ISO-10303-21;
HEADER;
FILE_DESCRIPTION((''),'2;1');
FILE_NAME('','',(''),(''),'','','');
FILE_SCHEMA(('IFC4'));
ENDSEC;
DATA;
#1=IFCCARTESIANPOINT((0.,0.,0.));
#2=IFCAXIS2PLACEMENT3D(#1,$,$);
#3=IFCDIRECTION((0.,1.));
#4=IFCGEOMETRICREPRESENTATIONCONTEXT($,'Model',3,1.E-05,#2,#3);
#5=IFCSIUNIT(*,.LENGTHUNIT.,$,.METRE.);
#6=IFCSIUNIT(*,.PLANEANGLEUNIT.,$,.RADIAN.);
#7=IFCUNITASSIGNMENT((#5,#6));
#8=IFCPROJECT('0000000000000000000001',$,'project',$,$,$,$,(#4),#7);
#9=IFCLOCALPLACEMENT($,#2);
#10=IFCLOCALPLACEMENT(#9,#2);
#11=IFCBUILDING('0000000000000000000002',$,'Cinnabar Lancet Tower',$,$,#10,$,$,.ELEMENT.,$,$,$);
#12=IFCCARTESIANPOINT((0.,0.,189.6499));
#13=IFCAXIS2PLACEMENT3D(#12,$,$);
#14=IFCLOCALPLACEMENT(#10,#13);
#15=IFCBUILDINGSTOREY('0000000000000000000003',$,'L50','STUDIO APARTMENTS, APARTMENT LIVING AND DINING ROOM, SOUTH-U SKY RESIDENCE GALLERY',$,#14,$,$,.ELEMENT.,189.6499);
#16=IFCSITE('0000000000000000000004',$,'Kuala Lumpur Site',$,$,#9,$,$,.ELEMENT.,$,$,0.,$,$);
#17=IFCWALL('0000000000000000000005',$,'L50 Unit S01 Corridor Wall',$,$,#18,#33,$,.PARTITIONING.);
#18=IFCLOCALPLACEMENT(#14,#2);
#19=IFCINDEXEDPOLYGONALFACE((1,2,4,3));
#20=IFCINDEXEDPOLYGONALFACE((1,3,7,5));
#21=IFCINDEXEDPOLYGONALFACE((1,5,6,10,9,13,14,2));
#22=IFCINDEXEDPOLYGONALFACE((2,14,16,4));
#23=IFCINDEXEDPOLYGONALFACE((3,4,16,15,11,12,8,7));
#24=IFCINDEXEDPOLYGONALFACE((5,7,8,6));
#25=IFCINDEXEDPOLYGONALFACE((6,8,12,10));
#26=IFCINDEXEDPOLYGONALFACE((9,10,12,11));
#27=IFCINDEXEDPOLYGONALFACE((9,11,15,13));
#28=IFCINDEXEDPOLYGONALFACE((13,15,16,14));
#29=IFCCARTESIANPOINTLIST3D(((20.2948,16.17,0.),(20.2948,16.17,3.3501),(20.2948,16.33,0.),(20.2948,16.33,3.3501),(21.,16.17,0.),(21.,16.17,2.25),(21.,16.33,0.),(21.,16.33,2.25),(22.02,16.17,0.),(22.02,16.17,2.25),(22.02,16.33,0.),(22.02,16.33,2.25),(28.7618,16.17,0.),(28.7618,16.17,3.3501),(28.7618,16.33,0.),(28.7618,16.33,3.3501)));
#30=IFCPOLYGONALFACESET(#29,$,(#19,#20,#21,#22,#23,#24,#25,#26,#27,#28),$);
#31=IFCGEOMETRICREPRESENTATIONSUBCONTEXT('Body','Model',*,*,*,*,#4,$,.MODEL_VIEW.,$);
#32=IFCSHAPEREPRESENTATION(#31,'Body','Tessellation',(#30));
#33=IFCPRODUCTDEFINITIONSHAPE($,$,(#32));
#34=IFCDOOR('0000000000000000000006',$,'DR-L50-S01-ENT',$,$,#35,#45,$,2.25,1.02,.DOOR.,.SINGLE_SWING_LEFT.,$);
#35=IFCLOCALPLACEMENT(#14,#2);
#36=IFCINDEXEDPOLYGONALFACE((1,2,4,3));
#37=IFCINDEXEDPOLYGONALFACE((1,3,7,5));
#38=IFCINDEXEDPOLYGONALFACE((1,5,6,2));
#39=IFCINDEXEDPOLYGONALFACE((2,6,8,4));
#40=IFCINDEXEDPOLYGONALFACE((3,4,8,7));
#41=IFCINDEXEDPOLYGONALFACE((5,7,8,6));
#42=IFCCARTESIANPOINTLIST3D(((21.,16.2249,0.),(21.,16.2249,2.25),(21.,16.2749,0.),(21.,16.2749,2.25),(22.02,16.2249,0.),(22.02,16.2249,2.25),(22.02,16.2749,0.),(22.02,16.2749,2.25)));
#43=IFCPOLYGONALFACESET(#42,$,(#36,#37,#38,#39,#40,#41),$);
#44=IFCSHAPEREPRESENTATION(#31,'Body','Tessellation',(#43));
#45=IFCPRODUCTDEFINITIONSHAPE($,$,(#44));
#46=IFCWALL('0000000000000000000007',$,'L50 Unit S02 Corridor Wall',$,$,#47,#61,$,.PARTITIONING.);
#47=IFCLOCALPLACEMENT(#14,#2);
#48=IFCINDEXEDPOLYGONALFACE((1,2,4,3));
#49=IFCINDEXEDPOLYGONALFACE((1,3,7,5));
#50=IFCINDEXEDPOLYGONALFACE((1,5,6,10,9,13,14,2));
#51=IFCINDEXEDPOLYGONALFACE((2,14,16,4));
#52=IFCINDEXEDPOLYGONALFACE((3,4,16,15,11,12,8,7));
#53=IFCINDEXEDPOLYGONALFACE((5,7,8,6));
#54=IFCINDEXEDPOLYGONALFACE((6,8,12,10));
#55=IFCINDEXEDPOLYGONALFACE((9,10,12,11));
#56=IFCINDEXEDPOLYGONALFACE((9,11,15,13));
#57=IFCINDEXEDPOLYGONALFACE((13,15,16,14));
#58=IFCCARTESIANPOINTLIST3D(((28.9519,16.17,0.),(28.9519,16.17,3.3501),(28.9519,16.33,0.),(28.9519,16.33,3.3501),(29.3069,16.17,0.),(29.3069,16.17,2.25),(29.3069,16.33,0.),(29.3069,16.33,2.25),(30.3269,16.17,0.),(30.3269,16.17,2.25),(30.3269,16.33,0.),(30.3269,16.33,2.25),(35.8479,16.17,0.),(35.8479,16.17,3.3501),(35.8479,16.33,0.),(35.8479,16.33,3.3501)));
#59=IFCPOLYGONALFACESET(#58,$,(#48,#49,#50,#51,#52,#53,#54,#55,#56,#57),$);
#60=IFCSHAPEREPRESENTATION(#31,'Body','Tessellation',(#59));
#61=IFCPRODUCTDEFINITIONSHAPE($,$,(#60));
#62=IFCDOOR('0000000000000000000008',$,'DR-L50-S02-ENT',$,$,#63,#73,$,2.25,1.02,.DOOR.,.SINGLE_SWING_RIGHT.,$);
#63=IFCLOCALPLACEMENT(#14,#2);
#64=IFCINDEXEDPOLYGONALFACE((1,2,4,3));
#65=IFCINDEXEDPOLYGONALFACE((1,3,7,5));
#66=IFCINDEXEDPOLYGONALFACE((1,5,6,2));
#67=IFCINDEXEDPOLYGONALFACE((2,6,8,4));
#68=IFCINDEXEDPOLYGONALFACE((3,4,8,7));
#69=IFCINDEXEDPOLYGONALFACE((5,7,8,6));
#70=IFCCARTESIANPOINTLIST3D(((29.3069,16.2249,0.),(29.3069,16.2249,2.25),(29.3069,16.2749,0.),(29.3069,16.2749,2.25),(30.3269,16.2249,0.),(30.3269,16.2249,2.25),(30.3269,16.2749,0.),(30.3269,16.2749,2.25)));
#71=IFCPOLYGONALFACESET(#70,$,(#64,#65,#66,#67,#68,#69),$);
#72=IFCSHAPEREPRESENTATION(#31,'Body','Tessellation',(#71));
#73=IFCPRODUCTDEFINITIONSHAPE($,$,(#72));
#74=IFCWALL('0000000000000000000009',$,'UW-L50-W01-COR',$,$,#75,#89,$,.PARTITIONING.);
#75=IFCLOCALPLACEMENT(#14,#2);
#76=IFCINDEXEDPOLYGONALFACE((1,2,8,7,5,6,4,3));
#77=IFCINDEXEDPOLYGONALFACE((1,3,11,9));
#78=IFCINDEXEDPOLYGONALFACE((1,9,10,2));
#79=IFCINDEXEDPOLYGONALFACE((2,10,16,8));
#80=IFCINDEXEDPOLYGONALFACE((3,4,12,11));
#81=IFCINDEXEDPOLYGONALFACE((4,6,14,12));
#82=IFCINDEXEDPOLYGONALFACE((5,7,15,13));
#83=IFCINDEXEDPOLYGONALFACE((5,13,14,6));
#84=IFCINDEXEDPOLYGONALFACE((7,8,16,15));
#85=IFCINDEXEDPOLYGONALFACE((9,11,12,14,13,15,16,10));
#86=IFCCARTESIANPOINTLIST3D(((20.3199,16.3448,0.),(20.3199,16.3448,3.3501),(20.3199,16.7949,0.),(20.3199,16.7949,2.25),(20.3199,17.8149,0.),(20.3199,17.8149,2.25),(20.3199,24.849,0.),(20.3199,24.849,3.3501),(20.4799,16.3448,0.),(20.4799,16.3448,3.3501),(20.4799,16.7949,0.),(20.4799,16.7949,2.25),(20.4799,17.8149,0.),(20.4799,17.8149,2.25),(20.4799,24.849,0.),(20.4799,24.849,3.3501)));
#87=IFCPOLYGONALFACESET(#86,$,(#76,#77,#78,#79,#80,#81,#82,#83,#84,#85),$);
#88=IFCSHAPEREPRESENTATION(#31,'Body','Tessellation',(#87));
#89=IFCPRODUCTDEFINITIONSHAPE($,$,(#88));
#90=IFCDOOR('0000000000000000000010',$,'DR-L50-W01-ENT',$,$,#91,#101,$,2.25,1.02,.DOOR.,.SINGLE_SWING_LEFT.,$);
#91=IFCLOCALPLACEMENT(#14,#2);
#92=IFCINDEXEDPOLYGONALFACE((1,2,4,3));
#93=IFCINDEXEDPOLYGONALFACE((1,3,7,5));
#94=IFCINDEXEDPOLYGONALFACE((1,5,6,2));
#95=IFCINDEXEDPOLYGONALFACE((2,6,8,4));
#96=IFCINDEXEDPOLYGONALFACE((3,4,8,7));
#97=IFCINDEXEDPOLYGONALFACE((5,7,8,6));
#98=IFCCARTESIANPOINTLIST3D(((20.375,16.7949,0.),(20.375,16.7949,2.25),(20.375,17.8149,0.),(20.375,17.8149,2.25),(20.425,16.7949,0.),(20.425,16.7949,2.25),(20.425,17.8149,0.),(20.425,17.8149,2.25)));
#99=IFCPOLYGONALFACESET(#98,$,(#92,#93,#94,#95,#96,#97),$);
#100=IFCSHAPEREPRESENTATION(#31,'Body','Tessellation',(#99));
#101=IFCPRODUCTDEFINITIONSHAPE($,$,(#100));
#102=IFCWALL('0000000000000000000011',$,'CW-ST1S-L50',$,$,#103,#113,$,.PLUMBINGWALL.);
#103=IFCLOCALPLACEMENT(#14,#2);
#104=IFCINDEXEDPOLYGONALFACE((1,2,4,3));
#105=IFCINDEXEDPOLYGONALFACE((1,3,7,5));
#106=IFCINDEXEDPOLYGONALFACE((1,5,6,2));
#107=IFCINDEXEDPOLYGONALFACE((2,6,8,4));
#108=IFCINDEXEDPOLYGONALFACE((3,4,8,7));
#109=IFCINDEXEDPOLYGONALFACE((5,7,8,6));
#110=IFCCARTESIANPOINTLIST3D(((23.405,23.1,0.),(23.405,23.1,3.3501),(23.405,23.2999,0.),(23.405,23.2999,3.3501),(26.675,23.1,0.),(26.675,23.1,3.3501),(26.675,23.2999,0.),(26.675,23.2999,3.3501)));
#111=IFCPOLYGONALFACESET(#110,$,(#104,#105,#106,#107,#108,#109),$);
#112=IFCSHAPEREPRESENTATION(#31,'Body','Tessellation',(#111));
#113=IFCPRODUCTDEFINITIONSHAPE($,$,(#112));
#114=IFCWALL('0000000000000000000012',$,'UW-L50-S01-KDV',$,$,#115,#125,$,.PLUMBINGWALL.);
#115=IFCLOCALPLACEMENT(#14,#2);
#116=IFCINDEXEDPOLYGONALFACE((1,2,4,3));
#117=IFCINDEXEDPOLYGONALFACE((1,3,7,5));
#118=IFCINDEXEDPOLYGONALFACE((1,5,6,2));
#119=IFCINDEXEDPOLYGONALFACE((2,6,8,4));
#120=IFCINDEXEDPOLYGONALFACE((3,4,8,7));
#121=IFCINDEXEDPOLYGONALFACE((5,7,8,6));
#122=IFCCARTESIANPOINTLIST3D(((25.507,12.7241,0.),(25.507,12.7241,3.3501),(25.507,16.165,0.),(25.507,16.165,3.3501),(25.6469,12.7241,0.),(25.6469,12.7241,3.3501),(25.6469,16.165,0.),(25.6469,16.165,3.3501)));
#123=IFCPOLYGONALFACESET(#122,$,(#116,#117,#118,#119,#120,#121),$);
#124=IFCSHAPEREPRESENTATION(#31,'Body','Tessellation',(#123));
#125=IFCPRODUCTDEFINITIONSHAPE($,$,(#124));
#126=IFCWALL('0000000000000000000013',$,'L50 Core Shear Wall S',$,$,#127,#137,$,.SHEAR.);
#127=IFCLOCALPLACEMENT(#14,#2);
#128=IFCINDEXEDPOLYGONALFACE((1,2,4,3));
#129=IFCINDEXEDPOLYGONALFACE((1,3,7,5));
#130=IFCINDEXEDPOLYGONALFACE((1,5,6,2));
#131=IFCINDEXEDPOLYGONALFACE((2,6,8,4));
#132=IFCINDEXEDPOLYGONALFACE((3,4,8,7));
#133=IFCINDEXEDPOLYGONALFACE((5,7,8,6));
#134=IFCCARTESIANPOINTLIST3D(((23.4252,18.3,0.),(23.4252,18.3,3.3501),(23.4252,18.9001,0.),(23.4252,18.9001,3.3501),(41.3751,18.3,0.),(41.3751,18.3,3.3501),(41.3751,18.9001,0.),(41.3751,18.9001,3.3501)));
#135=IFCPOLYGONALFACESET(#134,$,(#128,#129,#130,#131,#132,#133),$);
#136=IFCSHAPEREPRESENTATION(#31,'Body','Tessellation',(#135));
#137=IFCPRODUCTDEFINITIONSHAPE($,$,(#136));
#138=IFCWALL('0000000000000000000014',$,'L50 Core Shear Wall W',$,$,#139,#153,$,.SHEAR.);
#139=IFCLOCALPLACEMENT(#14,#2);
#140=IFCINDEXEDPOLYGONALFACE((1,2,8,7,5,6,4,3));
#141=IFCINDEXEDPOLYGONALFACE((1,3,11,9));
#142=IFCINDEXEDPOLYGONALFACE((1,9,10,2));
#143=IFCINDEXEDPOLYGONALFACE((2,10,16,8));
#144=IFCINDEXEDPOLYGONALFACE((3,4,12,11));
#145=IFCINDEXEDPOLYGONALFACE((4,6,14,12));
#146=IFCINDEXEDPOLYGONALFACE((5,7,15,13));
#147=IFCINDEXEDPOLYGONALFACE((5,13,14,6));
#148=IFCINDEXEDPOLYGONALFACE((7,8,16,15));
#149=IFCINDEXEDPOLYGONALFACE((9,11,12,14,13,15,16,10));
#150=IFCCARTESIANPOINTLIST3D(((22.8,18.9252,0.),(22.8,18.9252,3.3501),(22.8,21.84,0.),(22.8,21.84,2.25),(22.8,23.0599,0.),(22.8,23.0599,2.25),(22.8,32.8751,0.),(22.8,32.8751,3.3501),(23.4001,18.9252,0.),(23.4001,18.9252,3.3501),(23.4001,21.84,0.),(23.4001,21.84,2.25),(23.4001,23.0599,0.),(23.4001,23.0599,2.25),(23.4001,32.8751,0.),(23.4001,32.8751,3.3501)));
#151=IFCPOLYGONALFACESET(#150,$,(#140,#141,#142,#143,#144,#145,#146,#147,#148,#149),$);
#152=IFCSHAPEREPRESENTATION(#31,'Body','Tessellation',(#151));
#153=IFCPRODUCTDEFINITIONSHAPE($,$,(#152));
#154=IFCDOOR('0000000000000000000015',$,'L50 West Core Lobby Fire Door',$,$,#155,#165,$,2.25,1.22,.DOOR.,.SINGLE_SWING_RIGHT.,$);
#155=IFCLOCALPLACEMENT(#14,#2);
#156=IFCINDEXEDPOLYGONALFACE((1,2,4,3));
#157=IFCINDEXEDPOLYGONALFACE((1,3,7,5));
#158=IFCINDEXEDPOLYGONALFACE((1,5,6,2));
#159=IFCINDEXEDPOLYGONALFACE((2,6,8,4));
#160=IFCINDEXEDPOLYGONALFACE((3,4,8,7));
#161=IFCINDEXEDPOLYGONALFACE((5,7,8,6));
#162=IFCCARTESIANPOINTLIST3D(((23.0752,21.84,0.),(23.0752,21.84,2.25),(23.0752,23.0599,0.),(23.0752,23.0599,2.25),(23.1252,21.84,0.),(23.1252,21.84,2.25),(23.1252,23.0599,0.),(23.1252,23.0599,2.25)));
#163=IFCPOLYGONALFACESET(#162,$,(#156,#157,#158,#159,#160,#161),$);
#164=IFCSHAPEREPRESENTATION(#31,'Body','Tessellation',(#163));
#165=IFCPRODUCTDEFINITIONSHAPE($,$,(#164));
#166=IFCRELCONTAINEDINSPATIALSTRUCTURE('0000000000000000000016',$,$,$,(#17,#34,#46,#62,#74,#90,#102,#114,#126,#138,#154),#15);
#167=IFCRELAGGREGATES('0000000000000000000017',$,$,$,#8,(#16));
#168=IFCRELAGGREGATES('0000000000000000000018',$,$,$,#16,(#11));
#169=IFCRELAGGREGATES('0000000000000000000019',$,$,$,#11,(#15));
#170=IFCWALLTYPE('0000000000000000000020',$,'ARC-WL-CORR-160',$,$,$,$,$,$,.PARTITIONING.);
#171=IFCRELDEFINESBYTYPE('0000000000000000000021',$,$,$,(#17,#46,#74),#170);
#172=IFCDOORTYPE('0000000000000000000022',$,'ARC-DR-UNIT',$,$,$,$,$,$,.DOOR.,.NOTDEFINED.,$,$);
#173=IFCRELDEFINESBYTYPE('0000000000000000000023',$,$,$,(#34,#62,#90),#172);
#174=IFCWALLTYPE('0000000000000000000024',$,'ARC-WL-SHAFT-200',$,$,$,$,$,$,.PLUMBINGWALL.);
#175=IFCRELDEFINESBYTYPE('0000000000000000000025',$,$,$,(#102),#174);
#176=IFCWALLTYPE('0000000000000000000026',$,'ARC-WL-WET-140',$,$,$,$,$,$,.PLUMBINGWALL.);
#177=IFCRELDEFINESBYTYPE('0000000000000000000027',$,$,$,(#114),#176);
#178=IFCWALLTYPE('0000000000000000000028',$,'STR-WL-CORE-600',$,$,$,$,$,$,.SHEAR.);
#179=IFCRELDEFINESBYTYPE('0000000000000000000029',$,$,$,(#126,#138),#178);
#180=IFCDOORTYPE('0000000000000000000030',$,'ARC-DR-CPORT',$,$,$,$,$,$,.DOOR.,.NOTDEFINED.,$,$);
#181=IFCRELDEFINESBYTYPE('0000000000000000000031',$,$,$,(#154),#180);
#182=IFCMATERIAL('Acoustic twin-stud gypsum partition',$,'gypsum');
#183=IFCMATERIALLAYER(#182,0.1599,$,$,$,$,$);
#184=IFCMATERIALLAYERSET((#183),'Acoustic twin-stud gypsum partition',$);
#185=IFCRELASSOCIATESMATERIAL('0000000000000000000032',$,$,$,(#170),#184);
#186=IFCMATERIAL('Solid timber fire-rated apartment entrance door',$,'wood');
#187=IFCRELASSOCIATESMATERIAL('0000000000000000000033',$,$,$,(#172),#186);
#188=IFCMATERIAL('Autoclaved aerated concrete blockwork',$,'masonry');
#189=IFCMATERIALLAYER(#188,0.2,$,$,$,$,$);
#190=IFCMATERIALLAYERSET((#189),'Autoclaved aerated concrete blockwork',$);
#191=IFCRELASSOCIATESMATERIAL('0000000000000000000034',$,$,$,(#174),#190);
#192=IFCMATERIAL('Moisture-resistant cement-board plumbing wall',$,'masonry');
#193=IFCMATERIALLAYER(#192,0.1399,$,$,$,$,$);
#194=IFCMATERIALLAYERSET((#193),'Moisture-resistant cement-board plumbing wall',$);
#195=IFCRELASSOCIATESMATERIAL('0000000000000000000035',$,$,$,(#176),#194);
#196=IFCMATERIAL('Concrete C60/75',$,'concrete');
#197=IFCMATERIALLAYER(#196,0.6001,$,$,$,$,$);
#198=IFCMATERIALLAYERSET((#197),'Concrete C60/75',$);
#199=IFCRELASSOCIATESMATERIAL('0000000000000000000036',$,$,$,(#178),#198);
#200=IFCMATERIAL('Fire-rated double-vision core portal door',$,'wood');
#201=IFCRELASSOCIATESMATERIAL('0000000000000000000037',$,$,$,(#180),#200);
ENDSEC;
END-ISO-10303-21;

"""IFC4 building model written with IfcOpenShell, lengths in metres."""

from ifc_helpers import new_model, si_unit, direction, frame, frame_2d, origin, place, context, subcontext, project, spatial, rectangle, extrude, material, layer, layer_set, type_object, element, fill, save


model = new_model("IFC4")

# Units and contexts
model_context = context("Model", 3, precision=1e-05, world=origin(), true_north=direction((0.0, 1.0)))
body_context = subcontext(model_context, "Body", "Model", "MODEL_VIEW")
ifc_project = project(units=[si_unit("LENGTHUNIT", "METRE"), si_unit("PLANEANGLEUNIT", "RADIAN")], contexts=[model_context])

# Site, building, storey
site_placement = place(None, origin())
site = spatial("IfcSite", under=ifc_project, at=site_placement, Name="Kuala Lumpur Site", CompositionType="ELEMENT", RefElevation=0.0)
building_placement = place(site_placement, origin())
building = spatial("IfcBuilding", under=site, at=building_placement, Name="Cinnabar Lancet Tower", CompositionType="ELEMENT")
storey_placement = place(building_placement, frame((0.0, 0.0, 189.6499)))
storey = spatial("IfcBuildingStorey", under=building, at=storey_placement, Name="L50", Description="STUDIO APARTMENTS, APARTMENT LIVING AND DINING ROOM, SOUTH-U SKY RESIDENCE GALLERY", CompositionType="ELEMENT", Elevation=189.6499)

# Shared definitions
ifc_material_1 = material(Name="Acoustic twin-stud gypsum partition", Category="gypsum")
ifc_layer_1 = layer(ifc_material_1, 0.1599)
ifc_layer_set_1 = layer_set([ifc_layer_1], Name="Acoustic twin-stud gypsum partition")
wall_type_1 = type_object("IfcWallType", Name="ARC-WL-CORR-160", PredefinedType="PARTITIONING", material=ifc_layer_set_1)

# Walls, openings, doors
wall_1_placement = place(storey_placement, frame((20.2949, 16.25, 0.0), z_axis=(0.0, 0.0, 1.0), x_axis=(1.0, 0.0, 0.0)))
wall_1 = element("IfcWall", 1, at=wall_1_placement, inside=storey, type_object=wall_type_1, Name="L50 Unit S01 Corridor Wall", PredefinedType="PARTITIONING", context=body_context, shape_type="SweptSolid", body=[
    extrude(rectangle(XDim=8.467, YDim=0.1599, at=frame_2d((4.2334, 0.0))), origin(), (0.0, 0.0, 1.0), 3.3501),
])
opening_1_placement = place(wall_1_placement, frame((0.7051, 0.0, 0.0)))
opening_1 = element("IfcOpeningElement", 2, at=opening_1_placement, cuts=wall_1, PredefinedType="OPENING", context=body_context, shape_type="SweptSolid", body=[
    extrude(rectangle(XDim=1.02, YDim=2.25, at=frame_2d((0.51, 1.125))), frame((0.0, 0.0898, 0.0), z_axis=(0.0, -1.0, 0.0), x_axis=(1.0, 0.0, 0.0)), (0.0, 0.0, 1.0), 0.1799),
])
ifc_material_2 = material(Name="Solid timber fire-rated apartment entrance door", Category="wood")
door_type_1 = type_object("IfcDoorType", Name="ARC-DR-UNIT", OperationType="NOTDEFINED", PredefinedType="DOOR", material=ifc_material_2)
door_1_placement = place(opening_1_placement, origin())
door_1 = element("IfcDoor", 3, at=door_1_placement, inside=storey, type_object=door_type_1, Name="DR-L50-S01-ENT", OperationType="SINGLE_SWING_LEFT", OverallHeight=2.25, OverallWidth=1.02, PredefinedType="DOOR", context=body_context, shape_type="SweptSolid", body=[
    extrude(rectangle(XDim=1.02, YDim=2.25, at=frame_2d((0.51, 1.125))), frame((0.0, 0.0249, 0.0), z_axis=(0.0, -1.0, 0.0), x_axis=(1.0, 0.0, 0.0)), (0.0, 0.0, 1.0), 0.05),
])
fill(opening_1, door_1)
wall_2_placement = place(storey_placement, frame((28.9519, 16.25, 0.0), z_axis=(0.0, 0.0, 1.0), x_axis=(1.0, 0.0, 0.0)))
wall_2 = element("IfcWall", 4, at=wall_2_placement, inside=storey, type_object=wall_type_1, Name="L50 Unit S02 Corridor Wall", PredefinedType="PARTITIONING", context=body_context, shape_type="SweptSolid", body=[
    extrude(rectangle(XDim=6.896, YDim=0.1599, at=frame_2d((3.448, 0.0))), origin(), (0.0, 0.0, 1.0), 3.3501),
])
opening_2_placement = place(wall_2_placement, frame((0.355, 0.0, 0.0)))
opening_2 = element("IfcOpeningElement", 5, at=opening_2_placement, cuts=wall_2, PredefinedType="OPENING", context=body_context, shape_type="SweptSolid", body=[
    extrude(rectangle(XDim=1.02, YDim=2.25, at=frame_2d((0.51, 1.125))), frame((0.0, 0.0898, 0.0), z_axis=(0.0, -1.0, 0.0), x_axis=(1.0, 0.0, 0.0)), (0.0, 0.0, 1.0), 0.1799),
])
door_2_placement = place(opening_2_placement, origin())
door_2 = element("IfcDoor", 6, at=door_2_placement, inside=storey, type_object=door_type_1, Name="DR-L50-S02-ENT", OperationType="SINGLE_SWING_RIGHT", OverallHeight=2.25, OverallWidth=1.02, PredefinedType="DOOR", context=body_context, shape_type="SweptSolid", body=[
    extrude(rectangle(XDim=1.02, YDim=2.25, at=frame_2d((0.51, 1.125))), frame((0.0, 0.0249, 0.0), z_axis=(0.0, -1.0, 0.0), x_axis=(1.0, 0.0, 0.0)), (0.0, 0.0, 1.0), 0.05),
])
fill(opening_2, door_2)
wall_3_placement = place(storey_placement, frame((20.3999, 16.345, 0.0), z_axis=(0.0, 0.0, 1.0), x_axis=(0.0, 1.0, 0.0)))
wall_3 = element("IfcWall", 7, at=wall_3_placement, inside=storey, type_object=wall_type_1, Name="UW-L50-W01-COR", PredefinedType="PARTITIONING", context=body_context, shape_type="SweptSolid", body=[
    extrude(rectangle(XDim=8.5042, YDim=0.1599, at=frame_2d((4.252, 0.0))), origin(), (0.0, 0.0, 1.0), 3.3501),
])
opening_3_placement = place(wall_3_placement, frame((0.45, 0.0, 0.0)))
opening_3 = element("IfcOpeningElement", 8, at=opening_3_placement, cuts=wall_3, PredefinedType="OPENING", context=body_context, shape_type="SweptSolid", body=[
    extrude(rectangle(XDim=1.02, YDim=2.25, at=frame_2d((0.51, 1.125))), frame((0.0, 0.0898, 0.0), z_axis=(0.0, -1.0, 0.0), x_axis=(1.0, 0.0, 0.0)), (0.0, 0.0, 1.0), 0.1799),
])
door_3_placement = place(opening_3_placement, origin())
door_3 = element("IfcDoor", 9, at=door_3_placement, inside=storey, type_object=door_type_1, Name="DR-L50-W01-ENT", OperationType="SINGLE_SWING_LEFT", OverallHeight=2.25, OverallWidth=1.02, PredefinedType="DOOR", context=body_context, shape_type="SweptSolid", body=[
    extrude(rectangle(XDim=1.02, YDim=2.25, at=frame_2d((0.51, 1.125))), frame((0.0, 0.0249, 0.0), z_axis=(0.0, -1.0, 0.0), x_axis=(1.0, 0.0, 0.0)), (0.0, 0.0, 1.0), 0.05),
])
fill(opening_3, door_3)

# Wall
ifc_material_3 = material(Name="Autoclaved aerated concrete blockwork", Category="masonry")
ifc_layer_2 = layer(ifc_material_3, 0.2)
ifc_layer_set_2 = layer_set([ifc_layer_2], Name="Autoclaved aerated concrete blockwork")
wall_type_2 = type_object("IfcWallType", Name="ARC-WL-SHAFT-200", PredefinedType="PLUMBINGWALL", material=ifc_layer_set_2)
wall_4_placement = place(storey_placement, frame((23.405, 23.2, 0.0), z_axis=(0.0, 0.0, 1.0), x_axis=(1.0, 0.0, 0.0)))
element("IfcWall", 10, at=wall_4_placement, inside=storey, type_object=wall_type_2, Name="CW-ST1S-L50", PredefinedType="PLUMBINGWALL", context=body_context, shape_type="SweptSolid", body=[
    extrude(rectangle(XDim=3.27, YDim=0.2, at=frame_2d((1.635, 0.0))), origin(), (0.0, 0.0, 1.0), 3.3501),
])

# Walls
ifc_material_4 = material(Name="Moisture-resistant cement-board plumbing wall", Category="masonry")
ifc_layer_3 = layer(ifc_material_4, 0.1399)
ifc_layer_set_3 = layer_set([ifc_layer_3], Name="Moisture-resistant cement-board plumbing wall")
wall_type_3 = type_object("IfcWallType", Name="ARC-WL-WET-140", PredefinedType="PLUMBINGWALL", material=ifc_layer_set_3)
wall_5_placement = place(storey_placement, frame((25.5769, 12.7241, 0.0), z_axis=(0.0, 0.0, 1.0), x_axis=(0.0, 1.0, 0.0)))
element("IfcWall", 11, at=wall_5_placement, inside=storey, type_object=wall_type_3, Name="UW-L50-S01-KDV", PredefinedType="PLUMBINGWALL", context=body_context, shape_type="SweptSolid", body=[
    extrude(rectangle(XDim=3.4409, YDim=0.1399, at=frame_2d((1.7205, 0.0))), origin(), (0.0, 0.0, 1.0), 3.3501),
])
ifc_material_5 = material(Name="Concrete C60/75", Category="concrete")
ifc_layer_4 = layer(ifc_material_5, 0.6001)
ifc_layer_set_4 = layer_set([ifc_layer_4], Name="Concrete C60/75")
wall_type_4 = type_object("IfcWallType", Name="STR-WL-CORE-600", PredefinedType="SHEAR", material=ifc_layer_set_4)
wall_6_placement = place(storey_placement, frame((23.425, 18.6001, 0.0), z_axis=(0.0, 0.0, 1.0), x_axis=(1.0, 0.0, 0.0)))
element("IfcWall", 12, at=wall_6_placement, inside=storey, type_object=wall_type_4, Name="L50 Core Shear Wall S", PredefinedType="SHEAR", context=body_context, shape_type="SweptSolid", body=[
    extrude(rectangle(XDim=17.95, YDim=0.6001, at=frame_2d((8.9751, 0.0))), origin(), (0.0, 0.0, 1.0), 3.3501),
])

# Wall, opening, door
wall_7_placement = place(storey_placement, frame((23.1001, 18.925, 0.0), z_axis=(0.0, 0.0, 1.0), x_axis=(0.0, 1.0, 0.0)))
wall_7 = element("IfcWall", 13, at=wall_7_placement, inside=storey, type_object=wall_type_4, Name="L50 Core Shear Wall W", PredefinedType="SHEAR", context=body_context, shape_type="SweptSolid", body=[
    extrude(rectangle(XDim=13.95, YDim=0.6001, at=frame_2d((6.9751, 0.0))), origin(), (0.0, 0.0, 1.0), 3.3501),
])
opening_4_placement = place(wall_7_placement, frame((2.915, 0.0, 0.0)))
opening_4 = element("IfcOpeningElement", 14, at=opening_4_placement, cuts=wall_7, PredefinedType="OPENING", context=body_context, shape_type="SweptSolid", body=[
    extrude(rectangle(XDim=1.22, YDim=2.25, at=frame_2d((0.6099, 1.125))), frame((0.0, 0.3101, 0.0), z_axis=(0.0, -1.0, 0.0), x_axis=(1.0, 0.0, 0.0)), (0.0, 0.0, 1.0), 0.6201),
])
ifc_material_6 = material(Name="Fire-rated double-vision core portal door", Category="wood")
door_type_2 = type_object("IfcDoorType", Name="ARC-DR-CPORT", OperationType="NOTDEFINED", PredefinedType="DOOR", material=ifc_material_6)
door_4_placement = place(opening_4_placement, origin())
door_4 = element("IfcDoor", 15, at=door_4_placement, inside=storey, type_object=door_type_2, Name="L50 West Core Lobby Fire Door", OperationType="SINGLE_SWING_RIGHT", OverallHeight=2.25, OverallWidth=1.22, PredefinedType="DOOR", context=body_context, shape_type="SweptSolid", body=[
    extrude(rectangle(XDim=1.22, YDim=2.25, at=frame_2d((0.6099, 1.125))), frame((0.0, 0.0249, 0.0), z_axis=(0.0, -1.0, 0.0), x_axis=(1.0, 0.0, 0.0)), (0.0, 0.0, 1.0), 0.05),
])
fill(opening_4, door_4)

save(model, "model.ifc")
